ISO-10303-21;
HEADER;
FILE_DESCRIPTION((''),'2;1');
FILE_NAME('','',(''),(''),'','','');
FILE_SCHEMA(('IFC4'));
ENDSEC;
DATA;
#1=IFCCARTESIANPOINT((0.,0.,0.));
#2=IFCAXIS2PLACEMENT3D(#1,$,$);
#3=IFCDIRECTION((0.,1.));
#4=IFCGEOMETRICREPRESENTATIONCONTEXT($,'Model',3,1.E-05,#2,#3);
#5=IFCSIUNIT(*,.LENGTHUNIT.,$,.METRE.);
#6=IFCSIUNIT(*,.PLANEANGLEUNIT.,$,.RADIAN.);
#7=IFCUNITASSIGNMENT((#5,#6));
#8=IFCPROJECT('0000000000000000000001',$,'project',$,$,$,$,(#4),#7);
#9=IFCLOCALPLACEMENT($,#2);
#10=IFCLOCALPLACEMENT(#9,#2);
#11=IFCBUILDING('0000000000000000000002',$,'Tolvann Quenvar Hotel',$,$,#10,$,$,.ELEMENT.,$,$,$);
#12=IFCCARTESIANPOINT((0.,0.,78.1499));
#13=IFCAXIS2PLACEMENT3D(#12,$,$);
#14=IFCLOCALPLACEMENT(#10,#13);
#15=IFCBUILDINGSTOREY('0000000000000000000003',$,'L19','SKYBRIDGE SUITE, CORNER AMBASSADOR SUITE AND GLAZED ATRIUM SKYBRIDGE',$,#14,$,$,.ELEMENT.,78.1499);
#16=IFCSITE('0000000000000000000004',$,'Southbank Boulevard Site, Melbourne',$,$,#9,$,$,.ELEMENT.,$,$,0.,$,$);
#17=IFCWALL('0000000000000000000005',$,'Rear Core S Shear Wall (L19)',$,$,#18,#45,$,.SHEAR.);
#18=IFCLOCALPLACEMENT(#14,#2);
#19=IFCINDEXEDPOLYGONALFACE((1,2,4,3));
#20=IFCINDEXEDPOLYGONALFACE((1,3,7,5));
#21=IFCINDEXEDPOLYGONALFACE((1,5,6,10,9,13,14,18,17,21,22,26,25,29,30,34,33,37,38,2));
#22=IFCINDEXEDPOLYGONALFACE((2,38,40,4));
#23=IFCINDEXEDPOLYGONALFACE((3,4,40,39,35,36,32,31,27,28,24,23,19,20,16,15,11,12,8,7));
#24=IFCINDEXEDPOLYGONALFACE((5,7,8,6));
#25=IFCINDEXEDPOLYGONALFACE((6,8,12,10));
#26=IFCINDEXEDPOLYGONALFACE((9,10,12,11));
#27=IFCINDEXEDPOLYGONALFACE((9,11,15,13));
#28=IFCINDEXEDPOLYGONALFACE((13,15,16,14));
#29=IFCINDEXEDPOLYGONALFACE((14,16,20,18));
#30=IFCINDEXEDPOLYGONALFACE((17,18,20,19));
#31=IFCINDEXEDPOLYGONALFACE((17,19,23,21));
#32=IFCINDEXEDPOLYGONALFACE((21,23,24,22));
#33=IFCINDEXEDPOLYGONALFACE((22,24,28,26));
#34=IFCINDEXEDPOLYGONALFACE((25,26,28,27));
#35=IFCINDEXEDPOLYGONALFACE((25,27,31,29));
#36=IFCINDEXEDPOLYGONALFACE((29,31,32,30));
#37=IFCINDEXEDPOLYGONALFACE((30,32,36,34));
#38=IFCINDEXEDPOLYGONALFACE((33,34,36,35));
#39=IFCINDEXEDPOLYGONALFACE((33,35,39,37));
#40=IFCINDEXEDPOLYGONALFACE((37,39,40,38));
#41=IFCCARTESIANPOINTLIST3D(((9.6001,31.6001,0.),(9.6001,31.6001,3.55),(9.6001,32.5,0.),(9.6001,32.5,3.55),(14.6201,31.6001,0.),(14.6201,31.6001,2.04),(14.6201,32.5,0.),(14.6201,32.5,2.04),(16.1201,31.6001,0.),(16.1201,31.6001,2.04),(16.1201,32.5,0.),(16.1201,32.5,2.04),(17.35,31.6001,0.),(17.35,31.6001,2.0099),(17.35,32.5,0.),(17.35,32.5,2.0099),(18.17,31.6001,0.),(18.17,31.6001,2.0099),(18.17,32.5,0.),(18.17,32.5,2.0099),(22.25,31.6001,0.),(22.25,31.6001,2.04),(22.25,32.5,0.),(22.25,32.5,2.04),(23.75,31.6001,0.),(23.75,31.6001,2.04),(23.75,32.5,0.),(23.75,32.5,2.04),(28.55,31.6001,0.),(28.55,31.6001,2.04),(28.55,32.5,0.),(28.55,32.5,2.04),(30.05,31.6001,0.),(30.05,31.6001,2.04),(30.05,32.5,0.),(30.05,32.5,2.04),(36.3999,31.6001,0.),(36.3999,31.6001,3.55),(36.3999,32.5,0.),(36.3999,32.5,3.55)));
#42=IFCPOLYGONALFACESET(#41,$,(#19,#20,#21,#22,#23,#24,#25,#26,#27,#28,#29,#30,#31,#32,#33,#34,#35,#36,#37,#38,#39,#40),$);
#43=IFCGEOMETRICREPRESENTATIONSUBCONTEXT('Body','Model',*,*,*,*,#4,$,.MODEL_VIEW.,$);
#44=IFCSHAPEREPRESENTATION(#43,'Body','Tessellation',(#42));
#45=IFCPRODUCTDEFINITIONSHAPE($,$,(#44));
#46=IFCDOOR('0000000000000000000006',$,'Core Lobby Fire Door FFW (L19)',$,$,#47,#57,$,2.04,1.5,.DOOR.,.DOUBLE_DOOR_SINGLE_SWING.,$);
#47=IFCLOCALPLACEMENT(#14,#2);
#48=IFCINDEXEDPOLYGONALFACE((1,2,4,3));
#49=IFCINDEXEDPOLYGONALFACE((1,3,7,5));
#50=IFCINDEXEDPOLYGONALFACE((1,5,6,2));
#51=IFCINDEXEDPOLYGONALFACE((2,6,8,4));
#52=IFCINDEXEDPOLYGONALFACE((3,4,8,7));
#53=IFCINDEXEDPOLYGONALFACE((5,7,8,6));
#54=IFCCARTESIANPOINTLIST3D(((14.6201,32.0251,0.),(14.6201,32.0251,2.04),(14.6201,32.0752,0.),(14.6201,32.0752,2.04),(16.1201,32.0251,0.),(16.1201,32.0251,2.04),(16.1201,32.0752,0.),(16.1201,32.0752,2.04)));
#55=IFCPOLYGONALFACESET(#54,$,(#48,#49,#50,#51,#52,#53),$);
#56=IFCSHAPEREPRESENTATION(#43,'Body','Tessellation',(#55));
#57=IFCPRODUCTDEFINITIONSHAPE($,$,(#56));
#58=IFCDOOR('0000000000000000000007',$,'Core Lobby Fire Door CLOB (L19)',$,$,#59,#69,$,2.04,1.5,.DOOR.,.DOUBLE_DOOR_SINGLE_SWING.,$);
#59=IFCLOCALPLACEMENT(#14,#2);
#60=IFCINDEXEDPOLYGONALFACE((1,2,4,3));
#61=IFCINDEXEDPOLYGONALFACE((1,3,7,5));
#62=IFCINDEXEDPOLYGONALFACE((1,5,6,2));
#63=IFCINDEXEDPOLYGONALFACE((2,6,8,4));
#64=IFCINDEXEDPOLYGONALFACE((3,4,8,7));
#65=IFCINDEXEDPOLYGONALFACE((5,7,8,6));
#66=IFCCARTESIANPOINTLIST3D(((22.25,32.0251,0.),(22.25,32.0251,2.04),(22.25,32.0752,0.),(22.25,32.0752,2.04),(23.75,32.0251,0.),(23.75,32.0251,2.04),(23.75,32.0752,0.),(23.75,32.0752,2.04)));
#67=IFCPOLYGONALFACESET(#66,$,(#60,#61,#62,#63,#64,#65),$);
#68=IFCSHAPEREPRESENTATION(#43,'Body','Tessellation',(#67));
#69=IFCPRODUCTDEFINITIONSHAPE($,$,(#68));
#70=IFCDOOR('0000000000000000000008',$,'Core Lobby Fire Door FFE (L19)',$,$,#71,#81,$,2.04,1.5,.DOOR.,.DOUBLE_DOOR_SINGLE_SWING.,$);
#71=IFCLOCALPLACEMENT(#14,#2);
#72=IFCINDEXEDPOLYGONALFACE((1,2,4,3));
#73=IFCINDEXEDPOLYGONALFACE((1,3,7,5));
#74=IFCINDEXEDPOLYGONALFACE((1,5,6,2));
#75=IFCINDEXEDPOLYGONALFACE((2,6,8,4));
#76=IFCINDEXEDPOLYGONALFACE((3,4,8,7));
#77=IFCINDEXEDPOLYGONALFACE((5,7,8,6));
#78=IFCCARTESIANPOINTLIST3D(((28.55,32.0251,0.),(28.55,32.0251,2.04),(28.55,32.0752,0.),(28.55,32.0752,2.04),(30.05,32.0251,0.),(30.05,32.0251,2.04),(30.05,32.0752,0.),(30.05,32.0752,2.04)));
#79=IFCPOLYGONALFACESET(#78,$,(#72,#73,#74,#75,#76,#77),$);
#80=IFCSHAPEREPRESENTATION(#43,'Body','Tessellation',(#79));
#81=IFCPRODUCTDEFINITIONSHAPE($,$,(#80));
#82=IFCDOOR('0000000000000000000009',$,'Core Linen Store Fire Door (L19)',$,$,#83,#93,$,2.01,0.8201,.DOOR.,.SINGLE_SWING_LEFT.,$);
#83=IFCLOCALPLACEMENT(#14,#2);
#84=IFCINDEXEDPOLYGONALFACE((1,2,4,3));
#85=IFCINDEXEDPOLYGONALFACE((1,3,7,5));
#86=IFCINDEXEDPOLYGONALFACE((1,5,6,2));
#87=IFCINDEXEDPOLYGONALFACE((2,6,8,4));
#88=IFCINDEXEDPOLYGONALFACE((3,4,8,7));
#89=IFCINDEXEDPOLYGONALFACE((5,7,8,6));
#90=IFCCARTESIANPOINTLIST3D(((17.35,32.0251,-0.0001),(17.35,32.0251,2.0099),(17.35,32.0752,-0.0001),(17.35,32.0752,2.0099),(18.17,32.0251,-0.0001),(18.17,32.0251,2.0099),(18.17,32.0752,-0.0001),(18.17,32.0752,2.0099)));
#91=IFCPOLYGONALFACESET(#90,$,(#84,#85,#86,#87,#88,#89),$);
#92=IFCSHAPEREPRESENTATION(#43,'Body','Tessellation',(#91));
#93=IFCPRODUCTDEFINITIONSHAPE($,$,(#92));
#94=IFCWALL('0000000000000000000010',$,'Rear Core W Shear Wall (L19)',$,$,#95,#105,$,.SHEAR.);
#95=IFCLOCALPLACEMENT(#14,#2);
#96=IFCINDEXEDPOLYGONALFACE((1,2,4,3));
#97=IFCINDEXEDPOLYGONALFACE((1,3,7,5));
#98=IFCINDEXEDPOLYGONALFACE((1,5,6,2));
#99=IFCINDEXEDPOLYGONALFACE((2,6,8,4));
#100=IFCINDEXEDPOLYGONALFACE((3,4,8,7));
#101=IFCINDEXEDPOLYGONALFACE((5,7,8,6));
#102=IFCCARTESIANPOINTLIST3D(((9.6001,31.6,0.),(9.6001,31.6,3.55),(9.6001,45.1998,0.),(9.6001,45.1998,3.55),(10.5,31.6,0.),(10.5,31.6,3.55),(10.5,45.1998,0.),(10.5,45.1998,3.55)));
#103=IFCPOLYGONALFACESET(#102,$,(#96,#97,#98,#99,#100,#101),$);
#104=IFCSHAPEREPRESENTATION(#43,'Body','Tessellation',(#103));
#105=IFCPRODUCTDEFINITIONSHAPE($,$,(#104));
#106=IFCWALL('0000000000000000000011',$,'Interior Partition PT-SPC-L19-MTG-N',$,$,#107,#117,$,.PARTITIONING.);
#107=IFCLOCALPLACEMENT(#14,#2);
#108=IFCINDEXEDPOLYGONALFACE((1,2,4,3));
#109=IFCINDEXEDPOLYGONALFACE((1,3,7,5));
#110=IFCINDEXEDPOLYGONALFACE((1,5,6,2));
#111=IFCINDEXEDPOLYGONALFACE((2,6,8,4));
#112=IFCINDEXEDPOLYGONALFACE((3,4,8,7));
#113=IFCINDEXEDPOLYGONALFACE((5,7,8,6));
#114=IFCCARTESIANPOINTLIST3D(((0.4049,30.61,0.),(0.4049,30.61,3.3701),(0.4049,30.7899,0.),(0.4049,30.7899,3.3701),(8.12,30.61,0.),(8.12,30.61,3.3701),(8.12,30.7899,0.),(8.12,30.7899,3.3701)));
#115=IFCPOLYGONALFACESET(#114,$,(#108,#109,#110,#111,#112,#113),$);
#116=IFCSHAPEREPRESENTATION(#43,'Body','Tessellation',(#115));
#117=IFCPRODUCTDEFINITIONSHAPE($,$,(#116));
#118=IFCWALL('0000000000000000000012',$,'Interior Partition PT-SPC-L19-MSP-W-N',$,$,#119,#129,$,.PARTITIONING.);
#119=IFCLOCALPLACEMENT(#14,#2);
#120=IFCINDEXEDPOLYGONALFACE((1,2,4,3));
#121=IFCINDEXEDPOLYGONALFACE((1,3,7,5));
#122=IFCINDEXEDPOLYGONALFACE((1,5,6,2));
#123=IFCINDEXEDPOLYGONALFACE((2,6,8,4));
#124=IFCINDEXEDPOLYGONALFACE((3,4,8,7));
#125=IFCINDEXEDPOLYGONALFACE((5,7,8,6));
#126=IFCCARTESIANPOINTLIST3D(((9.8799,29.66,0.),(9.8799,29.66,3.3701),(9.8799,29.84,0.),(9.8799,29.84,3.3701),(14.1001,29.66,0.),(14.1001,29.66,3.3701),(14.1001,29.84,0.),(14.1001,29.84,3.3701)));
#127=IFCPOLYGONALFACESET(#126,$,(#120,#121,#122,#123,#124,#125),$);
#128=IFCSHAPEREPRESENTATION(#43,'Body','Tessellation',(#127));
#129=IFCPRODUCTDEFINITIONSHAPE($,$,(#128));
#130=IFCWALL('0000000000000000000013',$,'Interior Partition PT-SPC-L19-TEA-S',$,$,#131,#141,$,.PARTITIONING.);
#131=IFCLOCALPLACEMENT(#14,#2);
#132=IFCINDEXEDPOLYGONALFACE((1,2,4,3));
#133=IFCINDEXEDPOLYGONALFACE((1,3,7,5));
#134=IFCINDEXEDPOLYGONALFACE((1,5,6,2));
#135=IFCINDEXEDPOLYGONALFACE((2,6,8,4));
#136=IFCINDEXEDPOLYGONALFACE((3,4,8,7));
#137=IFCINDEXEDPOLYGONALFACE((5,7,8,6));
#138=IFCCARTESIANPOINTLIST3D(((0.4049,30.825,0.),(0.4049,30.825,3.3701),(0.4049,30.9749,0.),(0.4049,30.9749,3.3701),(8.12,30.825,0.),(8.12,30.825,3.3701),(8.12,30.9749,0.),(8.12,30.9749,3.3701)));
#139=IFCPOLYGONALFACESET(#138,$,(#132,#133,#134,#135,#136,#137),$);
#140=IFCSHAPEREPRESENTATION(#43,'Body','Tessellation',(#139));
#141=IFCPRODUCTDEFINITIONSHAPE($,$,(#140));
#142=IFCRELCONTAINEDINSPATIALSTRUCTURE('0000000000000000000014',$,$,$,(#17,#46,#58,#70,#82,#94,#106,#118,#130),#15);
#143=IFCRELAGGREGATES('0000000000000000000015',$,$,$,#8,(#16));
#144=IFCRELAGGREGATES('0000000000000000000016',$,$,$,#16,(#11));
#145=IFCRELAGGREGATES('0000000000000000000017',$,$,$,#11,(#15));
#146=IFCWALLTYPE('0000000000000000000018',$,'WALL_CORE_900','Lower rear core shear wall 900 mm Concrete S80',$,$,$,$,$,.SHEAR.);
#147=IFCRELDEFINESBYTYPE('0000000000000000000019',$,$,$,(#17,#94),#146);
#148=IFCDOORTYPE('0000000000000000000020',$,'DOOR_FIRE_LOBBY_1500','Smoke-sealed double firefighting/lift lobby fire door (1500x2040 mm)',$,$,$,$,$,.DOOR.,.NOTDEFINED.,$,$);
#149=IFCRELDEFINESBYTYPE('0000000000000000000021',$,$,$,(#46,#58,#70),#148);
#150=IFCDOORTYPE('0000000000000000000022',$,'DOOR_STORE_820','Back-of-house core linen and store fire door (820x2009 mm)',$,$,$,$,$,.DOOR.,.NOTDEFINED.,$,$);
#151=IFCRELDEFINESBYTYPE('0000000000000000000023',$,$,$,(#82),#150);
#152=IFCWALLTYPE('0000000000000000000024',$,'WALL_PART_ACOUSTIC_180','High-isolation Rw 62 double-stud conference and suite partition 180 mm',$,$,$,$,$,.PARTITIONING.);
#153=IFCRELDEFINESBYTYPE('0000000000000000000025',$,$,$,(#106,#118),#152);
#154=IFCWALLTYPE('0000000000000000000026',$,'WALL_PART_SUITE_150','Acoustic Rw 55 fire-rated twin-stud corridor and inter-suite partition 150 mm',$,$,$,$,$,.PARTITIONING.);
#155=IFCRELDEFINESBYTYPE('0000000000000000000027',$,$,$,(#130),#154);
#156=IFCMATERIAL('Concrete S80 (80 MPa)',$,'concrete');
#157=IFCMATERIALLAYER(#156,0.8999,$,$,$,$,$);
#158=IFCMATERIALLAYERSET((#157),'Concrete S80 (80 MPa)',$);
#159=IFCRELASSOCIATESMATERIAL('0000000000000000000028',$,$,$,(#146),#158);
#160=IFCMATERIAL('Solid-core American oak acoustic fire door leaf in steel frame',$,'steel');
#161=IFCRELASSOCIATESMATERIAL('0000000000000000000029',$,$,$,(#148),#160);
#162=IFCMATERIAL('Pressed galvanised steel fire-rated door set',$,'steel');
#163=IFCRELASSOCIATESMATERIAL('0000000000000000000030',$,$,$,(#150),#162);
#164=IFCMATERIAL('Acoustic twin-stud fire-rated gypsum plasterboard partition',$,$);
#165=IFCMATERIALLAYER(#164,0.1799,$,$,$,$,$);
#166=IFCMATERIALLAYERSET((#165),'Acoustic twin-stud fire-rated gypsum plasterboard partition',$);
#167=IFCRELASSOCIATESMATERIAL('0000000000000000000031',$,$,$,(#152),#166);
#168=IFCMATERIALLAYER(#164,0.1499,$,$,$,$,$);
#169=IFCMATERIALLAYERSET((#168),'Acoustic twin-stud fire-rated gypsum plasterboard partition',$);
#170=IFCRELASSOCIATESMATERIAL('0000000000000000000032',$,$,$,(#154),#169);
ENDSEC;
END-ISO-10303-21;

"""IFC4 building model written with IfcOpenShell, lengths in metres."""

from ifc_helpers import new_model, si_unit, direction, frame, frame_2d, origin, place, context, subcontext, project, spatial, rectangle, extrude, source, transform, mapped, material, layer, layer_set, type_object, type_shapes, element, fill, save


model = new_model("IFC4")

# Units and contexts
model_context = context("Model", 3, precision=1e-05, world=origin(), true_north=direction((0.0, 1.0)))
body_context = subcontext(model_context, "Body", "Model", "MODEL_VIEW")
ifc_project = project(units=[si_unit("LENGTHUNIT", "METRE"), si_unit("PLANEANGLEUNIT", "RADIAN")], contexts=[model_context])

# Site, building, storey
site_placement = place(None, origin())
site = spatial("IfcSite", under=ifc_project, at=site_placement, Name="Southbank Boulevard Site, Melbourne", CompositionType="ELEMENT", RefElevation=0.0)
building_placement = place(site_placement, origin())
building = spatial("IfcBuilding", under=site, at=building_placement, Name="Tolvann Quenvar Hotel", CompositionType="ELEMENT")
storey_placement = place(building_placement, frame((0.0, 0.0, 78.1499)))
storey = spatial("IfcBuildingStorey", under=building, at=storey_placement, Name="L19", Description="SKYBRIDGE SUITE, CORNER AMBASSADOR SUITE AND GLAZED ATRIUM SKYBRIDGE", CompositionType="ELEMENT", Elevation=78.1499)

# Wall, openings, doors
ifc_material_1 = material(Name="Concrete S80 (80 MPa)", Category="concrete")
ifc_layer_1 = layer(ifc_material_1, 0.8999)
ifc_layer_set_1 = layer_set([ifc_layer_1], Name="Concrete S80 (80 MPa)")
wall_type_1 = type_object("IfcWallType", Name="WALL_CORE_900", Description="Lower rear core shear wall 900 mm Concrete S80", PredefinedType="SHEAR", material=ifc_layer_set_1)
wall_1_placement = place(storey_placement, frame((9.6001, 32.05, 0.0), z_axis=(0.0, 0.0, 1.0), x_axis=(1.0, 0.0, 0.0)))
wall_1 = element("IfcWall", 1, at=wall_1_placement, inside=storey, type_object=wall_type_1, Name="Rear Core S Shear Wall (L19)", PredefinedType="SHEAR", context=body_context, shape_type="SweptSolid", body=[
    extrude(rectangle(XDim=26.7998, YDim=0.8999, at=frame_2d((13.3999, 0.0))), origin(), (0.0, 0.0, 1.0), 3.55),
])
opening_1_placement = place(wall_1_placement, frame((6.52, 0.0, 0.0), z_axis=(0.0, 0.0, 1.0), x_axis=(-1.0, 0.0, 0.0)))
opening_1 = element("IfcOpeningElement", 2, at=opening_1_placement, cuts=wall_1, PredefinedType="OPENING", context=body_context, shape_type="SweptSolid", body=[
    extrude(rectangle(XDim=1.5, YDim=2.04, at=frame_2d((0.75, 1.02))), frame((0.0, 0.46, 0.0), z_axis=(0.0, -1.0, 0.0), x_axis=(1.0, 0.0, 0.0)), (0.0, 0.0, 1.0), 0.9199),
])
opening_2_placement = place(wall_1_placement, frame((14.1499, 0.0, 0.0), z_axis=(0.0, 0.0, 1.0), x_axis=(-1.0, 0.0, 0.0)))
opening_2 = element("IfcOpeningElement", 3, at=opening_2_placement, cuts=wall_1, PredefinedType="OPENING", context=body_context, shape_type="SweptSolid", body=[
    extrude(rectangle(XDim=1.5, YDim=2.04, at=frame_2d((0.75, 1.02))), frame((0.0, 0.46, 0.0), z_axis=(0.0, -1.0, 0.0), x_axis=(1.0, 0.0, 0.0)), (0.0, 0.0, 1.0), 0.9199),
])
opening_3_placement = place(wall_1_placement, frame((20.45, 0.0, 0.0), z_axis=(0.0, 0.0, 1.0), x_axis=(-1.0, 0.0, 0.0)))
opening_3 = element("IfcOpeningElement", 4, at=opening_3_placement, cuts=wall_1, PredefinedType="OPENING", context=body_context, shape_type="SweptSolid", body=[
    extrude(rectangle(XDim=1.5, YDim=2.04, at=frame_2d((0.75, 1.02))), frame((0.0, 0.46, 0.0), z_axis=(0.0, -1.0, 0.0), x_axis=(1.0, 0.0, 0.0)), (0.0, 0.0, 1.0), 0.9199),
])
opening_4_placement = place(wall_1_placement, frame((8.5701, 0.0, 0.0), z_axis=(0.0, 0.0, 1.0), x_axis=(-1.0, 0.0, 0.0)))
opening_4 = element("IfcOpeningElement", 5, at=opening_4_placement, cuts=wall_1, PredefinedType="OPENING", context=body_context, shape_type="SweptSolid", body=[
    extrude(rectangle(XDim=0.8201, YDim=2.01, at=frame_2d((0.4102, 1.0049))), frame((0.0, 0.46, 0.0), z_axis=(0.0, -1.0, 0.0), x_axis=(1.0, 0.0, 0.0)), (0.0, 0.0, 1.0), 0.9199),
])
ifc_material_2 = material(Name="Solid-core American oak acoustic fire door leaf in steel frame", Category="steel")
door_type_1 = type_object("IfcDoorType", Name="DOOR_FIRE_LOBBY_1500", Description="Smoke-sealed double firefighting/lift lobby fire door (1500x2040 mm)", OperationType="NOTDEFINED", PredefinedType="DOOR", material=ifc_material_2)
shared_shape_1 = source(origin(), body_context, "Body", "SweptSolid", [
    extrude(rectangle(XDim=1.5, YDim=2.04, at=frame_2d((0.75, 1.02))), frame((0.0, 0.0249, 0.0), z_axis=(0.0, -1.0, 0.0), x_axis=(1.0, 0.0, 0.0)), (0.0, 0.0, 1.0), 0.05),
])
type_shapes(door_type_1, [shared_shape_1])
door_1_placement = place(opening_1_placement, origin())
door_1 = element("IfcDoor", 6, at=door_1_placement, inside=storey, type_object=door_type_1, Name="Core Lobby Fire Door FFW (L19)", OperationType="DOUBLE_DOOR_SINGLE_SWING", OverallHeight=2.04, OverallWidth=1.5, PredefinedType="DOOR", context=body_context, shape_type="MappedRepresentation", body=[
    mapped(shared_shape_1, transform((0.0, 0.0, 0.0), x_axis=(1.0, 0.0, 0.0), y_axis=(0.0, 1.0, 0.0), z_axis=(0.0, 0.0, 1.0), scale=1.0)),
])
fill(opening_1, door_1)
door_2_placement = place(opening_2_placement, origin())
door_2 = element("IfcDoor", 7, at=door_2_placement, inside=storey, type_object=door_type_1, Name="Core Lobby Fire Door CLOB (L19)", OperationType="DOUBLE_DOOR_SINGLE_SWING", OverallHeight=2.04, OverallWidth=1.5, PredefinedType="DOOR", context=body_context, shape_type="MappedRepresentation", body=[
    mapped(shared_shape_1, transform((0.0, 0.0, 0.0), x_axis=(1.0, 0.0, 0.0), y_axis=(0.0, 1.0, 0.0), z_axis=(0.0, 0.0, 1.0), scale=1.0)),
])
fill(opening_2, door_2)
door_3_placement = place(opening_3_placement, origin())
door_3 = element("IfcDoor", 8, at=door_3_placement, inside=storey, type_object=door_type_1, Name="Core Lobby Fire Door FFE (L19)", OperationType="DOUBLE_DOOR_SINGLE_SWING", OverallHeight=2.04, OverallWidth=1.5, PredefinedType="DOOR", context=body_context, shape_type="MappedRepresentation", body=[
    mapped(shared_shape_1, transform((0.0, 0.0, 0.0), x_axis=(1.0, 0.0, 0.0), y_axis=(0.0, 1.0, 0.0), z_axis=(0.0, 0.0, 1.0), scale=1.0)),
])
fill(opening_3, door_3)
ifc_material_3 = material(Name="Pressed galvanised steel fire-rated door set", Category="steel")
door_type_2 = type_object("IfcDoorType", Name="DOOR_STORE_820", Description="Back-of-house core linen and store fire door (820x2009 mm)", OperationType="NOTDEFINED", PredefinedType="DOOR", material=ifc_material_3)
shared_shape_2 = source(origin(), body_context, "Body", "SweptSolid", [
    extrude(rectangle(XDim=0.8201, YDim=2.01, at=frame_2d((0.4102, 1.0049))), frame((0.0, 0.0249, 0.0), z_axis=(0.0, -1.0, 0.0), x_axis=(1.0, 0.0, 0.0)), (0.0, 0.0, 1.0), 0.05),
])
type_shapes(door_type_2, [shared_shape_2])
door_4_placement = place(opening_4_placement, origin())
door_4 = element("IfcDoor", 9, at=door_4_placement, inside=storey, type_object=door_type_2, Name="Core Linen Store Fire Door (L19)", OperationType="SINGLE_SWING_LEFT", OverallHeight=2.01, OverallWidth=0.8201, PredefinedType="DOOR", context=body_context, shape_type="MappedRepresentation", body=[
    mapped(shared_shape_2, transform((0.0, 0.0, 0.0), x_axis=(1.0, 0.0, 0.0), y_axis=(0.0, 1.0, 0.0), z_axis=(0.0, 0.0, 1.0), scale=1.0)),
])
fill(opening_4, door_4)

# Walls
wall_2_placement = place(storey_placement, frame((10.05, 31.6001, 0.0), z_axis=(0.0, 0.0, 1.0), x_axis=(0.0, 1.0, 0.0)))
element("IfcWall", 10, at=wall_2_placement, inside=storey, type_object=wall_type_1, Name="Rear Core W Shear Wall (L19)", PredefinedType="SHEAR", context=body_context, shape_type="SweptSolid", body=[
    extrude(rectangle(XDim=13.5999, YDim=0.8999, at=frame_2d((6.7998, 0.0))), origin(), (0.0, 0.0, 1.0), 3.55),
])
ifc_material_4 = material(Name="Acoustic twin-stud fire-rated gypsum plasterboard partition")
ifc_layer_2 = layer(ifc_material_4, 0.1799)
ifc_layer_set_2 = layer_set([ifc_layer_2], Name="Acoustic twin-stud fire-rated gypsum plasterboard partition")
wall_type_2 = type_object("IfcWallType", Name="WALL_PART_ACOUSTIC_180", Description="High-isolation Rw 62 double-stud conference and suite partition 180 mm", PredefinedType="PARTITIONING", material=ifc_layer_set_2)
wall_3_placement = place(storey_placement, frame((0.405, 30.7, 0.0), z_axis=(0.0, 0.0, 1.0), x_axis=(1.0, 0.0, 0.0)))
element("IfcWall", 11, at=wall_3_placement, inside=storey, type_object=wall_type_2, Name="Interior Partition PT-SPC-L19-MTG-N", PredefinedType="PARTITIONING", context=body_context, shape_type="SweptSolid", body=[
    extrude(rectangle(XDim=7.7151, YDim=0.1799, at=frame_2d((3.8574, 0.0))), origin(), (0.0, 0.0, 1.0), 3.3701),
])
wall_4_placement = place(storey_placement, frame((9.8799, 29.75, 0.0), z_axis=(0.0, 0.0, 1.0), x_axis=(1.0, 0.0, 0.0)))
element("IfcWall", 12, at=wall_4_placement, inside=storey, type_object=wall_type_2, Name="Interior Partition PT-SPC-L19-MSP-W-N", PredefinedType="PARTITIONING", context=body_context, shape_type="SweptSolid", body=[
    extrude(rectangle(XDim=4.2202, YDim=0.1799, at=frame_2d((2.1101, 0.0))), origin(), (0.0, 0.0, 1.0), 3.3701),
])
ifc_layer_3 = layer(ifc_material_4, 0.1499)
ifc_layer_set_3 = layer_set([ifc_layer_3], Name="Acoustic twin-stud fire-rated gypsum plasterboard partition")
wall_type_3 = type_object("IfcWallType", Name="WALL_PART_SUITE_150", Description="Acoustic Rw 55 fire-rated twin-stud corridor and inter-suite partition 150 mm", PredefinedType="PARTITIONING", material=ifc_layer_set_3)
wall_5_placement = place(storey_placement, frame((0.405, 30.8999, 0.0), z_axis=(0.0, 0.0, 1.0), x_axis=(1.0, 0.0, 0.0)))
element("IfcWall", 13, at=wall_5_placement, inside=storey, type_object=wall_type_3, Name="Interior Partition PT-SPC-L19-TEA-S", PredefinedType="PARTITIONING", context=body_context, shape_type="SweptSolid", body=[
    extrude(rectangle(XDim=7.7151, YDim=0.1499, at=frame_2d((3.8574, 0.0))), origin(), (0.0, 0.0, 1.0), 3.3701),
])

save(model, "model.ifc")
